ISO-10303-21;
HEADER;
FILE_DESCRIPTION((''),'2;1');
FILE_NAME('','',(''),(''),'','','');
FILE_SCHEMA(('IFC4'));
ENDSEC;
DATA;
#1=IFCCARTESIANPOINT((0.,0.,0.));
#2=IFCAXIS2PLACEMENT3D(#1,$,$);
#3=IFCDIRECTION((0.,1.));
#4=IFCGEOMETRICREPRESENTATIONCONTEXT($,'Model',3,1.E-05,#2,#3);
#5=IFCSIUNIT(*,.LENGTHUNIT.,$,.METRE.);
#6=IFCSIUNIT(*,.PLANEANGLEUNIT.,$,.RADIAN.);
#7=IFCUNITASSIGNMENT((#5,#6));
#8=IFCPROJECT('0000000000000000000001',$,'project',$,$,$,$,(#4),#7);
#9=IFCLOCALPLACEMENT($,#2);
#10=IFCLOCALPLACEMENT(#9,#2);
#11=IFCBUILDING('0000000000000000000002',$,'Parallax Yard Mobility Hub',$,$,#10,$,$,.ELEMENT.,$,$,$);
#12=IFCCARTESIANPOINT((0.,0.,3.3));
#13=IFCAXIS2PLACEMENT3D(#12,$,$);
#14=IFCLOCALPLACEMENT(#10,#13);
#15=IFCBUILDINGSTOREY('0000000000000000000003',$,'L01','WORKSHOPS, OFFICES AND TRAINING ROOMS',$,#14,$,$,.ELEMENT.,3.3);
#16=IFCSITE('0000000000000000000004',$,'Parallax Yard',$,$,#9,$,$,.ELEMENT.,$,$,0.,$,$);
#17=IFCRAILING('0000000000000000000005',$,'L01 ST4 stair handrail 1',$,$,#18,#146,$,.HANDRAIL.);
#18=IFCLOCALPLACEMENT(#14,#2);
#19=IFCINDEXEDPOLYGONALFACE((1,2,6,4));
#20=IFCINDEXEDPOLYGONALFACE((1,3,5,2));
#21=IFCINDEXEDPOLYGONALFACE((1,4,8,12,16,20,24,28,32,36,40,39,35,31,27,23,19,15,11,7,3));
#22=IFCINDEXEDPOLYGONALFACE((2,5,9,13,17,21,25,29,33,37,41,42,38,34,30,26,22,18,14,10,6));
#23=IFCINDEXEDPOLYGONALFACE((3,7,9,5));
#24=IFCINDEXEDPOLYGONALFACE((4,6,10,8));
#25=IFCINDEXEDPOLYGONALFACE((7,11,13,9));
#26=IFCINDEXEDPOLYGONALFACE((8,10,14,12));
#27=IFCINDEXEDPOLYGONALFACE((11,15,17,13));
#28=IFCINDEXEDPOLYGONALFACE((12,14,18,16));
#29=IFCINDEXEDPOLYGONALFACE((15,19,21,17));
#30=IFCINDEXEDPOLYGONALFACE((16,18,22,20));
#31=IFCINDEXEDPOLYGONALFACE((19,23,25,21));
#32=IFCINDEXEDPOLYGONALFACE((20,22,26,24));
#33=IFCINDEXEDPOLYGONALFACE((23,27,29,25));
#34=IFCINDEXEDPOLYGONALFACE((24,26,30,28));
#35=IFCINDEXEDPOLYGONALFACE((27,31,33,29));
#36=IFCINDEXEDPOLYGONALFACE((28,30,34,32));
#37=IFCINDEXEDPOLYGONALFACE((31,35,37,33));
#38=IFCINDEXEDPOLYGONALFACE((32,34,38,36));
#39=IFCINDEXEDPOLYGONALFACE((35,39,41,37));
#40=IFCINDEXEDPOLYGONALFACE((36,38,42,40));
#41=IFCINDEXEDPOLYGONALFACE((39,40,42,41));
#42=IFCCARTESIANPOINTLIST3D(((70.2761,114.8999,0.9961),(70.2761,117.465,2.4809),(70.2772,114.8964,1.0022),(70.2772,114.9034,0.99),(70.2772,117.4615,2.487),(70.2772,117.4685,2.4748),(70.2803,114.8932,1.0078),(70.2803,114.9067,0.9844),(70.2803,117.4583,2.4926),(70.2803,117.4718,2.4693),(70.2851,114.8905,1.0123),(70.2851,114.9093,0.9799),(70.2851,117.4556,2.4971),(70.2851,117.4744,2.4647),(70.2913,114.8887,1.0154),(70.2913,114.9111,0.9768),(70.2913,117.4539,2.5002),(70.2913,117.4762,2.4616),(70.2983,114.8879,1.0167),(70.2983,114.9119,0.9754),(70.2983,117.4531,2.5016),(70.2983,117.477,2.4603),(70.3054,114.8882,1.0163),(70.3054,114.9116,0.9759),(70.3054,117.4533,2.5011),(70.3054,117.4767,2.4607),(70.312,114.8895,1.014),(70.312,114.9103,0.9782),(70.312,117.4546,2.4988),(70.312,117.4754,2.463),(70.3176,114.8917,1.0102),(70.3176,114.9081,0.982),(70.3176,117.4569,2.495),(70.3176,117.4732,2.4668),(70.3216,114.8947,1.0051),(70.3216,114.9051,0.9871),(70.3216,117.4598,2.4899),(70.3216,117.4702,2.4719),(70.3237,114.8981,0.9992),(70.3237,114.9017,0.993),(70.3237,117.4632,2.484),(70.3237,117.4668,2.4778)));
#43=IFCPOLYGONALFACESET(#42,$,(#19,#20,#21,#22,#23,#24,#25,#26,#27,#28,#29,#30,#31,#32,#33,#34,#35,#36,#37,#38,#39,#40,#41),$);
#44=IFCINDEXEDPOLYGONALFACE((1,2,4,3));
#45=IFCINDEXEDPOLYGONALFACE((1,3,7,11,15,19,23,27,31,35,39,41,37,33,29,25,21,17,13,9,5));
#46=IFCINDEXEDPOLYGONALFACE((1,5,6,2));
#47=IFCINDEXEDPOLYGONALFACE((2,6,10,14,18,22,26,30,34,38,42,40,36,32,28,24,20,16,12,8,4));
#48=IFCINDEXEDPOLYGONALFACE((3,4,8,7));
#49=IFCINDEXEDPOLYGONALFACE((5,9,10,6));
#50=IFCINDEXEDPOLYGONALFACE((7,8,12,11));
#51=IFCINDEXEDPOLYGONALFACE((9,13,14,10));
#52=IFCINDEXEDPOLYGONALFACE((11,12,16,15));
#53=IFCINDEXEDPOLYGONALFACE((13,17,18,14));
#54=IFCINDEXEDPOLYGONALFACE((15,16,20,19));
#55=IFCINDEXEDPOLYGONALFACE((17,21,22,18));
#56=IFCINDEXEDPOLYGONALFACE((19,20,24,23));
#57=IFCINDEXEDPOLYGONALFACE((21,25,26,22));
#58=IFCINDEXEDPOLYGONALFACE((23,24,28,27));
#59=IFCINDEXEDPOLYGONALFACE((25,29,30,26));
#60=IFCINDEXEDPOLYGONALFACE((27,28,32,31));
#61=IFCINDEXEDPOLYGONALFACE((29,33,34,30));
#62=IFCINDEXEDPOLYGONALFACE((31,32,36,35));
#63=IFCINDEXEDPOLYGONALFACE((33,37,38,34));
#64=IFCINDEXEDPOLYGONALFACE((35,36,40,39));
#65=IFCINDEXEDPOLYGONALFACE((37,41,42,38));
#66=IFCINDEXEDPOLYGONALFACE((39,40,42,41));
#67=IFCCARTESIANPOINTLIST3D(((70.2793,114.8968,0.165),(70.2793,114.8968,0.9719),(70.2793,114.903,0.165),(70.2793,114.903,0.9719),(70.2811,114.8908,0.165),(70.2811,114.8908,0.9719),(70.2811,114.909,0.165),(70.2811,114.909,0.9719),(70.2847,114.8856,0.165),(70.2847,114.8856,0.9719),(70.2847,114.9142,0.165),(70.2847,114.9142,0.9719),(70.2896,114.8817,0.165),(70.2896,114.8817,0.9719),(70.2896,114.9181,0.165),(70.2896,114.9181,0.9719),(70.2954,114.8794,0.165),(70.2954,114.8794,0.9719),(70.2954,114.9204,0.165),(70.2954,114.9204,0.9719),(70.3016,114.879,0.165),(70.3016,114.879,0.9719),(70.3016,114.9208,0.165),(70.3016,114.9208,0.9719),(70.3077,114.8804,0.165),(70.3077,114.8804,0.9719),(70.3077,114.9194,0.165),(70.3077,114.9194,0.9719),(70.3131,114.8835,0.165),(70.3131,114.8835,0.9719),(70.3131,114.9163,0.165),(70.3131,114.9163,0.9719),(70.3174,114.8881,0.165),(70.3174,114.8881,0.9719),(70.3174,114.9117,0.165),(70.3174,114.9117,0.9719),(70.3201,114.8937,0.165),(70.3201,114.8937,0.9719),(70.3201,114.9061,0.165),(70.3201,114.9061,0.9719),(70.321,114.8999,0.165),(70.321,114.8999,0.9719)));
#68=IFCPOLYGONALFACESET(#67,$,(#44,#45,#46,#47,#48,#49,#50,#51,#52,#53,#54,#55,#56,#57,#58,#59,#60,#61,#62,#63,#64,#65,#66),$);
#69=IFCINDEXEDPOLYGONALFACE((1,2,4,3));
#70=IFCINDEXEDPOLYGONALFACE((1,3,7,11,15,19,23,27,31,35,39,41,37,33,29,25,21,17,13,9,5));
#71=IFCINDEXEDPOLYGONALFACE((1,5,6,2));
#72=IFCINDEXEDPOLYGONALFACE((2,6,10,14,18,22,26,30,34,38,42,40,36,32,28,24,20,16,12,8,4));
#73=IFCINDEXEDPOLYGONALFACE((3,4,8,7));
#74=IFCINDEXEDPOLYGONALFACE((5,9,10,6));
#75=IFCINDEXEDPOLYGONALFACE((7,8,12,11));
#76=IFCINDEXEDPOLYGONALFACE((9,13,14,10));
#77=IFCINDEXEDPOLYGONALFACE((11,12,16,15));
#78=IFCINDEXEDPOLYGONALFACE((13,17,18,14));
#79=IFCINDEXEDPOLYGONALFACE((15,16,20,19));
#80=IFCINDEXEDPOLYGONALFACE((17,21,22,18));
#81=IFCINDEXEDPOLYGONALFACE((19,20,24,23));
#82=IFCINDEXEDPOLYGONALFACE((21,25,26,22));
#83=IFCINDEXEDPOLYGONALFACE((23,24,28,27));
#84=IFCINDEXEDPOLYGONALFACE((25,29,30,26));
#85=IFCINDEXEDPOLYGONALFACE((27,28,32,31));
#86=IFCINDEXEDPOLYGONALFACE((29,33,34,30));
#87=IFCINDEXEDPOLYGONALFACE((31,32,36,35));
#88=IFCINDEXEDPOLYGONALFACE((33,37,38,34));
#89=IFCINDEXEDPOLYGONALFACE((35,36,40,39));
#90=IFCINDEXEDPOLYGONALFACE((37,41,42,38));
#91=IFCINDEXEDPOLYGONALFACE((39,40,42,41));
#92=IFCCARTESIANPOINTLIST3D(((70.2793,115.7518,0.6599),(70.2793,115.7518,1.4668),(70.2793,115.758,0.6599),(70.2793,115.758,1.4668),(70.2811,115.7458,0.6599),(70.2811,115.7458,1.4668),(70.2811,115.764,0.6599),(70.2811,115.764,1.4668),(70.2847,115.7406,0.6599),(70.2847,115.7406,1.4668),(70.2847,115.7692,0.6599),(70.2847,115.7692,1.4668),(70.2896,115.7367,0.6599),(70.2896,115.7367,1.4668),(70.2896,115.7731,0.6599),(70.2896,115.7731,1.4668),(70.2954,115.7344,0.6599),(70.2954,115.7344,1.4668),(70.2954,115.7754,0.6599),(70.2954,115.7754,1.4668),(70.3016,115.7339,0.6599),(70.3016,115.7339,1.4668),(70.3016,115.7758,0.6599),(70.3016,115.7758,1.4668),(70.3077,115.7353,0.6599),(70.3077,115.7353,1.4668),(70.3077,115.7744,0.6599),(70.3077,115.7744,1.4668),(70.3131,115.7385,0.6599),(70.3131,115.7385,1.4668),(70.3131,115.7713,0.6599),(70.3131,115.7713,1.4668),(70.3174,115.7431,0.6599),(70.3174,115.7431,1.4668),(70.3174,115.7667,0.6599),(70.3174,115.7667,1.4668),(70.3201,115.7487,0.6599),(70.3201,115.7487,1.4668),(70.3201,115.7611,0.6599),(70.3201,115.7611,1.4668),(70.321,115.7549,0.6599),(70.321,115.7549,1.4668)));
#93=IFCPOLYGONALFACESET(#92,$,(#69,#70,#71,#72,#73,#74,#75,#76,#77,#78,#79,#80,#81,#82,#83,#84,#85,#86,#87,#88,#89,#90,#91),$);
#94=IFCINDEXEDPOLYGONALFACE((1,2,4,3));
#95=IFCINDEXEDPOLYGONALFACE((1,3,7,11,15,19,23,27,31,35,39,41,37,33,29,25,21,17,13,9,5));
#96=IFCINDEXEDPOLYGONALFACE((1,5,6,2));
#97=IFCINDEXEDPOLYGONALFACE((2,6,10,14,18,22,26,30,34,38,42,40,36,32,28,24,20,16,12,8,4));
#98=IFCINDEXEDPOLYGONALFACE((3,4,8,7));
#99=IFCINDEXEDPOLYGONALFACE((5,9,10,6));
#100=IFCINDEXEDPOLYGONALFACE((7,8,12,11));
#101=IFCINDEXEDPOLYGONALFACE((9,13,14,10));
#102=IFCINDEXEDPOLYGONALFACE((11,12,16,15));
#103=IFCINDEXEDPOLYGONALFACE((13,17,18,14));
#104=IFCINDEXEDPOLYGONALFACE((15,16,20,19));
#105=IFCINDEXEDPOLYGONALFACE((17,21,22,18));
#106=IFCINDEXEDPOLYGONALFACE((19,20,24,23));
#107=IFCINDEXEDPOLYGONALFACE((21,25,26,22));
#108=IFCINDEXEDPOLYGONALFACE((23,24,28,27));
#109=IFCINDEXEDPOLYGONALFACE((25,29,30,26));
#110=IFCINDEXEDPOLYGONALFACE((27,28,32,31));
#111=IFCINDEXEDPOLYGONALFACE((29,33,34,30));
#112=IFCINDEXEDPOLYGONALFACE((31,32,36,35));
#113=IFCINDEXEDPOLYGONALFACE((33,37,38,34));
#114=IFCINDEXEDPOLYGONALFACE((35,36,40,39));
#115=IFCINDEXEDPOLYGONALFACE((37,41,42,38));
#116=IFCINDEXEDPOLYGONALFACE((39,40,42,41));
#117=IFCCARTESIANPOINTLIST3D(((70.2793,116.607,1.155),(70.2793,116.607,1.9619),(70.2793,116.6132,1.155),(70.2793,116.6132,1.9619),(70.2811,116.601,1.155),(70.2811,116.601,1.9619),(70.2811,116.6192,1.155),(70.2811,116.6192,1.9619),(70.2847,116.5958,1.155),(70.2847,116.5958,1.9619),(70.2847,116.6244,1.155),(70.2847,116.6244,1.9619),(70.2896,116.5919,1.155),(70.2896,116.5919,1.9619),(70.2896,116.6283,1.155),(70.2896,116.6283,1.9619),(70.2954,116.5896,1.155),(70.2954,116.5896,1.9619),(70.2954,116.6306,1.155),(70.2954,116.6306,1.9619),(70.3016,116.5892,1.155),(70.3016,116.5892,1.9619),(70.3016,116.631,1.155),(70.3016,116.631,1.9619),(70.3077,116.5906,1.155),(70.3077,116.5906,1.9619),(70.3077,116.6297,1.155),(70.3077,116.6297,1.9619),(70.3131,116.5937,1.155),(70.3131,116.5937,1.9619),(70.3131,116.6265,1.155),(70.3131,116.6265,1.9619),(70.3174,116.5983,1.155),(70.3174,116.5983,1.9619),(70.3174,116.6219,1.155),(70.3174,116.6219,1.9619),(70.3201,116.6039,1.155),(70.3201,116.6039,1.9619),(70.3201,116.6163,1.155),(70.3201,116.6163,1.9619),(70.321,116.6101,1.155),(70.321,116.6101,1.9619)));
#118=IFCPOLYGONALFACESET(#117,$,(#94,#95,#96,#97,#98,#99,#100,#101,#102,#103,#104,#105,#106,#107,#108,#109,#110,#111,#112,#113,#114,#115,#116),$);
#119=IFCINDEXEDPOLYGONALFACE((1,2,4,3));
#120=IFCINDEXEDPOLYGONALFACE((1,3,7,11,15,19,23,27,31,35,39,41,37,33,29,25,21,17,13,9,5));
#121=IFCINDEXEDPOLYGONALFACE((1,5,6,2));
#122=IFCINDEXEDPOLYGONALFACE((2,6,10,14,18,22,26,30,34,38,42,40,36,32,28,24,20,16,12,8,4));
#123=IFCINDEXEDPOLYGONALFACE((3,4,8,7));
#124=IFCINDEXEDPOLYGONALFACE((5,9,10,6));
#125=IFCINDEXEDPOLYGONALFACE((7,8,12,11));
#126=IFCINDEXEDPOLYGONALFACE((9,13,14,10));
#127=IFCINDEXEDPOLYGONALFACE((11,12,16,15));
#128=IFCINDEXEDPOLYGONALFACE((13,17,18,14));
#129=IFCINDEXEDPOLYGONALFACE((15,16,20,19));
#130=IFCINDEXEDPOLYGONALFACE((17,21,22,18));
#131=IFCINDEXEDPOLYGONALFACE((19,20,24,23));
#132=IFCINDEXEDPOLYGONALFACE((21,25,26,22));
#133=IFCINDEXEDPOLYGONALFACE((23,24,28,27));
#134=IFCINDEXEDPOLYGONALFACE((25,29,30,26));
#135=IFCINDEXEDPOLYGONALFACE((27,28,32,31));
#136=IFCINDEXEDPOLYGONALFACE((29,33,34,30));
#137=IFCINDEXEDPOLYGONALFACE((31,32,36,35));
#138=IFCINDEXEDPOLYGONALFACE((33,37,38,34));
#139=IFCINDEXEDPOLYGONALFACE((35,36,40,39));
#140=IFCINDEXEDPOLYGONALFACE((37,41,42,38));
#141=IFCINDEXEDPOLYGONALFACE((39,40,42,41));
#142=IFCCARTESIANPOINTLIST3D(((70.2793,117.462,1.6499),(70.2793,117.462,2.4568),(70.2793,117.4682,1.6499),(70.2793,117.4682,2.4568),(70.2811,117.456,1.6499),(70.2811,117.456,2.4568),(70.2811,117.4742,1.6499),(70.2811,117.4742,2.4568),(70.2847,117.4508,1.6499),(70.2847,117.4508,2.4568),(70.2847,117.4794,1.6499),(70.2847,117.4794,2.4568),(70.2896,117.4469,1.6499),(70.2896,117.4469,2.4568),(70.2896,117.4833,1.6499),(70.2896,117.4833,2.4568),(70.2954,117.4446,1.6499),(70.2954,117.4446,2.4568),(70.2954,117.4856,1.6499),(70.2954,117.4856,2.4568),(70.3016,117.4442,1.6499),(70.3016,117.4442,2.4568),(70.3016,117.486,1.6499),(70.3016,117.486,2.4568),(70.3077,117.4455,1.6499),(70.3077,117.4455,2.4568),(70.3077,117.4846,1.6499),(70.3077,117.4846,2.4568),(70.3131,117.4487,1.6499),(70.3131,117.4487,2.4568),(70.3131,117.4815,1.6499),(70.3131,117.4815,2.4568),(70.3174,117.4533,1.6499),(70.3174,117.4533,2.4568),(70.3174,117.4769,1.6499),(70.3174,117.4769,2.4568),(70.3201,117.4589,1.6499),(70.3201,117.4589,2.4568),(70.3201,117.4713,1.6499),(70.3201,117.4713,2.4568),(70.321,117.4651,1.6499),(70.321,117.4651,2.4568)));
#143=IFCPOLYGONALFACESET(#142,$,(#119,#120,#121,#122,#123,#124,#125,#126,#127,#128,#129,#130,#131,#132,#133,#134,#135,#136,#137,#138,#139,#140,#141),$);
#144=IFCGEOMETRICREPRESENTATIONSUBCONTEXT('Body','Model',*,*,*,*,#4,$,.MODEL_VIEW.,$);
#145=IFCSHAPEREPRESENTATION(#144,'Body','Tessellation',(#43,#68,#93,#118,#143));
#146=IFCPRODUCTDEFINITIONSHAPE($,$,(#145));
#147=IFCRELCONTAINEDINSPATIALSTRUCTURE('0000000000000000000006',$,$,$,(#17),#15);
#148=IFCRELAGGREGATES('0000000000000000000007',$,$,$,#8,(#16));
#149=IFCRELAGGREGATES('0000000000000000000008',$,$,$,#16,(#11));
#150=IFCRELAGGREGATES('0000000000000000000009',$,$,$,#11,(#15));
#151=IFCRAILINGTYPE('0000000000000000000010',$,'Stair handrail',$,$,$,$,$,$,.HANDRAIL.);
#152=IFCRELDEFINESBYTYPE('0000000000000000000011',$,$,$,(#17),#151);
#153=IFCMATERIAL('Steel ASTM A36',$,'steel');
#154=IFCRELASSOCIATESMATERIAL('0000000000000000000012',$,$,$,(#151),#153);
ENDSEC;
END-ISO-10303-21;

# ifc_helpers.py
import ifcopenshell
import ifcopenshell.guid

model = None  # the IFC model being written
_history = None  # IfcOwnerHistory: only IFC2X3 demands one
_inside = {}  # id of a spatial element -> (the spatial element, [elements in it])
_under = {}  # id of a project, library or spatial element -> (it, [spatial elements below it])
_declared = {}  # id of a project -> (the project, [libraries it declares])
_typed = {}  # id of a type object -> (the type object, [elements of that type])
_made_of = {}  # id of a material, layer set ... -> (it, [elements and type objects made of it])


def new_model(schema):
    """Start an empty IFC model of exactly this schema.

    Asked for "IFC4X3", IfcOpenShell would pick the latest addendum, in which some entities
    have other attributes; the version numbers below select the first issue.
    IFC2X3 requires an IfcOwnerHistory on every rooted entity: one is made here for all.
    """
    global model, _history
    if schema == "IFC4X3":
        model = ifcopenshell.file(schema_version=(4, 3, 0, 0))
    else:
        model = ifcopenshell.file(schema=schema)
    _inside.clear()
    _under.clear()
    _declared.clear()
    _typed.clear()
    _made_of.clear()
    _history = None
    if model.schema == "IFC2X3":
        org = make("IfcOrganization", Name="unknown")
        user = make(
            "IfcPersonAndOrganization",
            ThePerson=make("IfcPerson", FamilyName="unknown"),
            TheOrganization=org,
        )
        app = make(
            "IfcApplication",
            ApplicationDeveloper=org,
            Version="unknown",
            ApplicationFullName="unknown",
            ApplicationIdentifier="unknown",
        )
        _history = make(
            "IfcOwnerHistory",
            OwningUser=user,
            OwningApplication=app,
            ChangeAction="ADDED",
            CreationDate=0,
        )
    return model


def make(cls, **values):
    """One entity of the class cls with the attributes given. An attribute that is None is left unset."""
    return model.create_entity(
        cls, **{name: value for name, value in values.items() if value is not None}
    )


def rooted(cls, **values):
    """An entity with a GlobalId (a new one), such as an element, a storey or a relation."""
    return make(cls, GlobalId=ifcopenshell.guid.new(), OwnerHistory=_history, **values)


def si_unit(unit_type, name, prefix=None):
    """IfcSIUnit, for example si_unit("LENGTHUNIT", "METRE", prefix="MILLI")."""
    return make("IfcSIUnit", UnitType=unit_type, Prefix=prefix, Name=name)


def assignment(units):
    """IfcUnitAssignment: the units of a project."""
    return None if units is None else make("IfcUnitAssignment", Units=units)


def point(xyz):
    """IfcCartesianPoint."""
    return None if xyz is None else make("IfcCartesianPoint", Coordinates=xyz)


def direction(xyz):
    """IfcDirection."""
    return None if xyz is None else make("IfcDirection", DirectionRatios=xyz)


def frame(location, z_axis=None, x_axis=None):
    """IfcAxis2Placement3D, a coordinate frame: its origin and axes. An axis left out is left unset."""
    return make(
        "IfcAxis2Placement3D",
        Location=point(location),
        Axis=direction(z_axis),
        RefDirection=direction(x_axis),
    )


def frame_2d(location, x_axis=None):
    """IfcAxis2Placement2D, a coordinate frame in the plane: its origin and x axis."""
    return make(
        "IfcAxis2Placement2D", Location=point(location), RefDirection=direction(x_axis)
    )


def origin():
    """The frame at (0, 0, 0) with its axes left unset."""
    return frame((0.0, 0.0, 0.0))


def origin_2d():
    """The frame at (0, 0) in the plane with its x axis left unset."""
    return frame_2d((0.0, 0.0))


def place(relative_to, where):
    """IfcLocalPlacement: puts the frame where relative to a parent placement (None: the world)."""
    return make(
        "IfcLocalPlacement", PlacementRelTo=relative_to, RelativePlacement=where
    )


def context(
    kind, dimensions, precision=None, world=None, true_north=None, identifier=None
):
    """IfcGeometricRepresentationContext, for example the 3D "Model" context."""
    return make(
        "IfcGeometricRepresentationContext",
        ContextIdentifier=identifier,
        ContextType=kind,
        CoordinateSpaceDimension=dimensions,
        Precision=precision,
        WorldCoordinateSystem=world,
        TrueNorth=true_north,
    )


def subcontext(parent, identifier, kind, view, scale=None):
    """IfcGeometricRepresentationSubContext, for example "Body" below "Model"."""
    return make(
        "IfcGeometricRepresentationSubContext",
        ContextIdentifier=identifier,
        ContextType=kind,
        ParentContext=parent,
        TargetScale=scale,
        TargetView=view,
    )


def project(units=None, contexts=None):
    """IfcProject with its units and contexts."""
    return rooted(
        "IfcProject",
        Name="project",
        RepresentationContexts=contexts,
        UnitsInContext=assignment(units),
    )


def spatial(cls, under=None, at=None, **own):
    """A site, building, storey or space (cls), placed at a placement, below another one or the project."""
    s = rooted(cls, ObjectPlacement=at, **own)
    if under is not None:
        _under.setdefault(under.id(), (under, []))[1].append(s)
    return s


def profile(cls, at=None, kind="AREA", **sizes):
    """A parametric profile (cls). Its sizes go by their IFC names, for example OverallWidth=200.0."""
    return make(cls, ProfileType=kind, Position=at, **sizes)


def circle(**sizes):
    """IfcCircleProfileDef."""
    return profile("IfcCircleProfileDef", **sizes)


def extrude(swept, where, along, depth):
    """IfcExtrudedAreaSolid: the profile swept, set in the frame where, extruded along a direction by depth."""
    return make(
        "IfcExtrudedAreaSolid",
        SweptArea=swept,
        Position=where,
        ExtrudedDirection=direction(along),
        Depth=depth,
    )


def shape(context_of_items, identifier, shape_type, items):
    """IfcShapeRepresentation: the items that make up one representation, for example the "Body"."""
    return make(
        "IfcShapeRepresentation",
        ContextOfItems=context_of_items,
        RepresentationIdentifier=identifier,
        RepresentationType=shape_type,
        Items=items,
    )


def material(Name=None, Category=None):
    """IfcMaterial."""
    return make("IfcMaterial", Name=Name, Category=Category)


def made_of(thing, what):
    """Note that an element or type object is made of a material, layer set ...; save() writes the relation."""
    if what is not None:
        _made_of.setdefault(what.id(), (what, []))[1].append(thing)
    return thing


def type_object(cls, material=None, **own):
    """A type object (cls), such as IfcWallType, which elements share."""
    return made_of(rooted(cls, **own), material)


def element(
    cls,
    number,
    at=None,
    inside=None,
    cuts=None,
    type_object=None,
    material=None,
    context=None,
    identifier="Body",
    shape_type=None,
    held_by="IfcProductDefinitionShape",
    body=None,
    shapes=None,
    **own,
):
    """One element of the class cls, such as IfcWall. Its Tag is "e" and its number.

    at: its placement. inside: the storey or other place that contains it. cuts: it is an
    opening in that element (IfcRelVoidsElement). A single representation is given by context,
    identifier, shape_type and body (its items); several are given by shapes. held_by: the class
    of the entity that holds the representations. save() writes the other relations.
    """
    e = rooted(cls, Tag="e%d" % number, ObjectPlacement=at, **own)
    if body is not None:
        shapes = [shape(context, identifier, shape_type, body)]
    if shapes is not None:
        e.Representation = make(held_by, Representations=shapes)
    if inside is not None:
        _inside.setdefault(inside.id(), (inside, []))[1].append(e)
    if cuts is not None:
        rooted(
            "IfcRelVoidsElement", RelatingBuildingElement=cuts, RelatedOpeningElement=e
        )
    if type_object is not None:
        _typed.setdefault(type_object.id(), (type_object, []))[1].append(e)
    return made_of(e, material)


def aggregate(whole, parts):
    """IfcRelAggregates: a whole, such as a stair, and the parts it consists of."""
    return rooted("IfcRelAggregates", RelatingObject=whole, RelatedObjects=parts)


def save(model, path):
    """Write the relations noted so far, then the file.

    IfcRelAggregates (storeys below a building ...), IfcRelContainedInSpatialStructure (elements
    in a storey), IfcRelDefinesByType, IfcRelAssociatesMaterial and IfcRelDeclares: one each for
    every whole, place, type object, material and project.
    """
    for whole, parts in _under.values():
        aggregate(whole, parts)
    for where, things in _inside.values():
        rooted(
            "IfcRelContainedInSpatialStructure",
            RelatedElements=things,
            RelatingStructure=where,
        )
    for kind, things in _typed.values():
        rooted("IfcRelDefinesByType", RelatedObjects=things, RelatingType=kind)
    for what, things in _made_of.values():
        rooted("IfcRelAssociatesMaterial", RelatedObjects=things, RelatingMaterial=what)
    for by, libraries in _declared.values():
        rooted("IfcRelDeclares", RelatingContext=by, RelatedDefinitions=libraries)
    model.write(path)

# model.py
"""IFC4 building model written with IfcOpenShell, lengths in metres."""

from ifc_helpers import new_model, si_unit, direction, frame, origin, origin_2d, place, context, subcontext, project, spatial, circle, extrude, material, type_object, element, save


model = new_model("IFC4")

# Units and contexts
model_context = context("Model", 3, precision=1e-05, world=origin(), true_north=direction((0.0, 1.0)))
body_context = subcontext(model_context, "Body", "Model", "MODEL_VIEW")
ifc_project = project(units=[si_unit("LENGTHUNIT", "METRE"), si_unit("PLANEANGLEUNIT", "RADIAN")], contexts=[model_context])

# Site, building, storey
site_placement = place(None, origin())
site = spatial("IfcSite", under=ifc_project, at=site_placement, Name="Parallax Yard", CompositionType="ELEMENT", RefElevation=0.0)
building_placement = place(site_placement, origin())
building = spatial("IfcBuilding", under=site, at=building_placement, Name="Parallax Yard Mobility Hub", CompositionType="ELEMENT")
storey_placement = place(building_placement, frame((0.0, 0.0, 3.3)))
storey = spatial("IfcBuildingStorey", under=building, at=storey_placement, Name="L01", Description="WORKSHOPS, OFFICES AND TRAINING ROOMS", CompositionType="ELEMENT", Elevation=3.3)

# Railing
ifc_material_1 = material(Name="Steel ASTM A36", Category="steel")
railing_type_1 = type_object("IfcRailingType", Name="Stair handrail", PredefinedType="HANDRAIL", material=ifc_material_1)
railing_1_placement = place(storey_placement, frame((70.3, 114.8999, 0.165)))
element("IfcRailing", 1, at=railing_1_placement, inside=storey, type_object=railing_type_1, Name="L01 ST4 stair handrail 1", PredefinedType="HANDRAIL", context=body_context, shape_type="SweptSolid", body=[
    extrude(circle(Radius=0.0239, at=origin_2d()), frame((0.0, 0.0, 0.8311), z_axis=(0.0, 0.865462, 0.500975), x_axis=(-1.0, 0.0, 0.0)), (0.0, 0.0, 1.0), 2.9639),
    extrude(circle(Radius=0.021, at=origin_2d()), origin(), (0.0, 0.0, 1.0), 0.8069),
    extrude(circle(Radius=0.021, at=origin_2d()), frame((0.0, 0.855, 0.4949)), (0.0, 0.0, 1.0), 0.8069),
    extrude(circle(Radius=0.021, at=origin_2d()), frame((0.0, 1.7102, 0.99)), (0.0, 0.0, 1.0), 0.8069),
    extrude(circle(Radius=0.021, at=origin_2d()), frame((0.0, 2.5652, 1.4849)), (0.0, 0.0, 1.0), 0.8069),
])

save(model, "model.ifc")
